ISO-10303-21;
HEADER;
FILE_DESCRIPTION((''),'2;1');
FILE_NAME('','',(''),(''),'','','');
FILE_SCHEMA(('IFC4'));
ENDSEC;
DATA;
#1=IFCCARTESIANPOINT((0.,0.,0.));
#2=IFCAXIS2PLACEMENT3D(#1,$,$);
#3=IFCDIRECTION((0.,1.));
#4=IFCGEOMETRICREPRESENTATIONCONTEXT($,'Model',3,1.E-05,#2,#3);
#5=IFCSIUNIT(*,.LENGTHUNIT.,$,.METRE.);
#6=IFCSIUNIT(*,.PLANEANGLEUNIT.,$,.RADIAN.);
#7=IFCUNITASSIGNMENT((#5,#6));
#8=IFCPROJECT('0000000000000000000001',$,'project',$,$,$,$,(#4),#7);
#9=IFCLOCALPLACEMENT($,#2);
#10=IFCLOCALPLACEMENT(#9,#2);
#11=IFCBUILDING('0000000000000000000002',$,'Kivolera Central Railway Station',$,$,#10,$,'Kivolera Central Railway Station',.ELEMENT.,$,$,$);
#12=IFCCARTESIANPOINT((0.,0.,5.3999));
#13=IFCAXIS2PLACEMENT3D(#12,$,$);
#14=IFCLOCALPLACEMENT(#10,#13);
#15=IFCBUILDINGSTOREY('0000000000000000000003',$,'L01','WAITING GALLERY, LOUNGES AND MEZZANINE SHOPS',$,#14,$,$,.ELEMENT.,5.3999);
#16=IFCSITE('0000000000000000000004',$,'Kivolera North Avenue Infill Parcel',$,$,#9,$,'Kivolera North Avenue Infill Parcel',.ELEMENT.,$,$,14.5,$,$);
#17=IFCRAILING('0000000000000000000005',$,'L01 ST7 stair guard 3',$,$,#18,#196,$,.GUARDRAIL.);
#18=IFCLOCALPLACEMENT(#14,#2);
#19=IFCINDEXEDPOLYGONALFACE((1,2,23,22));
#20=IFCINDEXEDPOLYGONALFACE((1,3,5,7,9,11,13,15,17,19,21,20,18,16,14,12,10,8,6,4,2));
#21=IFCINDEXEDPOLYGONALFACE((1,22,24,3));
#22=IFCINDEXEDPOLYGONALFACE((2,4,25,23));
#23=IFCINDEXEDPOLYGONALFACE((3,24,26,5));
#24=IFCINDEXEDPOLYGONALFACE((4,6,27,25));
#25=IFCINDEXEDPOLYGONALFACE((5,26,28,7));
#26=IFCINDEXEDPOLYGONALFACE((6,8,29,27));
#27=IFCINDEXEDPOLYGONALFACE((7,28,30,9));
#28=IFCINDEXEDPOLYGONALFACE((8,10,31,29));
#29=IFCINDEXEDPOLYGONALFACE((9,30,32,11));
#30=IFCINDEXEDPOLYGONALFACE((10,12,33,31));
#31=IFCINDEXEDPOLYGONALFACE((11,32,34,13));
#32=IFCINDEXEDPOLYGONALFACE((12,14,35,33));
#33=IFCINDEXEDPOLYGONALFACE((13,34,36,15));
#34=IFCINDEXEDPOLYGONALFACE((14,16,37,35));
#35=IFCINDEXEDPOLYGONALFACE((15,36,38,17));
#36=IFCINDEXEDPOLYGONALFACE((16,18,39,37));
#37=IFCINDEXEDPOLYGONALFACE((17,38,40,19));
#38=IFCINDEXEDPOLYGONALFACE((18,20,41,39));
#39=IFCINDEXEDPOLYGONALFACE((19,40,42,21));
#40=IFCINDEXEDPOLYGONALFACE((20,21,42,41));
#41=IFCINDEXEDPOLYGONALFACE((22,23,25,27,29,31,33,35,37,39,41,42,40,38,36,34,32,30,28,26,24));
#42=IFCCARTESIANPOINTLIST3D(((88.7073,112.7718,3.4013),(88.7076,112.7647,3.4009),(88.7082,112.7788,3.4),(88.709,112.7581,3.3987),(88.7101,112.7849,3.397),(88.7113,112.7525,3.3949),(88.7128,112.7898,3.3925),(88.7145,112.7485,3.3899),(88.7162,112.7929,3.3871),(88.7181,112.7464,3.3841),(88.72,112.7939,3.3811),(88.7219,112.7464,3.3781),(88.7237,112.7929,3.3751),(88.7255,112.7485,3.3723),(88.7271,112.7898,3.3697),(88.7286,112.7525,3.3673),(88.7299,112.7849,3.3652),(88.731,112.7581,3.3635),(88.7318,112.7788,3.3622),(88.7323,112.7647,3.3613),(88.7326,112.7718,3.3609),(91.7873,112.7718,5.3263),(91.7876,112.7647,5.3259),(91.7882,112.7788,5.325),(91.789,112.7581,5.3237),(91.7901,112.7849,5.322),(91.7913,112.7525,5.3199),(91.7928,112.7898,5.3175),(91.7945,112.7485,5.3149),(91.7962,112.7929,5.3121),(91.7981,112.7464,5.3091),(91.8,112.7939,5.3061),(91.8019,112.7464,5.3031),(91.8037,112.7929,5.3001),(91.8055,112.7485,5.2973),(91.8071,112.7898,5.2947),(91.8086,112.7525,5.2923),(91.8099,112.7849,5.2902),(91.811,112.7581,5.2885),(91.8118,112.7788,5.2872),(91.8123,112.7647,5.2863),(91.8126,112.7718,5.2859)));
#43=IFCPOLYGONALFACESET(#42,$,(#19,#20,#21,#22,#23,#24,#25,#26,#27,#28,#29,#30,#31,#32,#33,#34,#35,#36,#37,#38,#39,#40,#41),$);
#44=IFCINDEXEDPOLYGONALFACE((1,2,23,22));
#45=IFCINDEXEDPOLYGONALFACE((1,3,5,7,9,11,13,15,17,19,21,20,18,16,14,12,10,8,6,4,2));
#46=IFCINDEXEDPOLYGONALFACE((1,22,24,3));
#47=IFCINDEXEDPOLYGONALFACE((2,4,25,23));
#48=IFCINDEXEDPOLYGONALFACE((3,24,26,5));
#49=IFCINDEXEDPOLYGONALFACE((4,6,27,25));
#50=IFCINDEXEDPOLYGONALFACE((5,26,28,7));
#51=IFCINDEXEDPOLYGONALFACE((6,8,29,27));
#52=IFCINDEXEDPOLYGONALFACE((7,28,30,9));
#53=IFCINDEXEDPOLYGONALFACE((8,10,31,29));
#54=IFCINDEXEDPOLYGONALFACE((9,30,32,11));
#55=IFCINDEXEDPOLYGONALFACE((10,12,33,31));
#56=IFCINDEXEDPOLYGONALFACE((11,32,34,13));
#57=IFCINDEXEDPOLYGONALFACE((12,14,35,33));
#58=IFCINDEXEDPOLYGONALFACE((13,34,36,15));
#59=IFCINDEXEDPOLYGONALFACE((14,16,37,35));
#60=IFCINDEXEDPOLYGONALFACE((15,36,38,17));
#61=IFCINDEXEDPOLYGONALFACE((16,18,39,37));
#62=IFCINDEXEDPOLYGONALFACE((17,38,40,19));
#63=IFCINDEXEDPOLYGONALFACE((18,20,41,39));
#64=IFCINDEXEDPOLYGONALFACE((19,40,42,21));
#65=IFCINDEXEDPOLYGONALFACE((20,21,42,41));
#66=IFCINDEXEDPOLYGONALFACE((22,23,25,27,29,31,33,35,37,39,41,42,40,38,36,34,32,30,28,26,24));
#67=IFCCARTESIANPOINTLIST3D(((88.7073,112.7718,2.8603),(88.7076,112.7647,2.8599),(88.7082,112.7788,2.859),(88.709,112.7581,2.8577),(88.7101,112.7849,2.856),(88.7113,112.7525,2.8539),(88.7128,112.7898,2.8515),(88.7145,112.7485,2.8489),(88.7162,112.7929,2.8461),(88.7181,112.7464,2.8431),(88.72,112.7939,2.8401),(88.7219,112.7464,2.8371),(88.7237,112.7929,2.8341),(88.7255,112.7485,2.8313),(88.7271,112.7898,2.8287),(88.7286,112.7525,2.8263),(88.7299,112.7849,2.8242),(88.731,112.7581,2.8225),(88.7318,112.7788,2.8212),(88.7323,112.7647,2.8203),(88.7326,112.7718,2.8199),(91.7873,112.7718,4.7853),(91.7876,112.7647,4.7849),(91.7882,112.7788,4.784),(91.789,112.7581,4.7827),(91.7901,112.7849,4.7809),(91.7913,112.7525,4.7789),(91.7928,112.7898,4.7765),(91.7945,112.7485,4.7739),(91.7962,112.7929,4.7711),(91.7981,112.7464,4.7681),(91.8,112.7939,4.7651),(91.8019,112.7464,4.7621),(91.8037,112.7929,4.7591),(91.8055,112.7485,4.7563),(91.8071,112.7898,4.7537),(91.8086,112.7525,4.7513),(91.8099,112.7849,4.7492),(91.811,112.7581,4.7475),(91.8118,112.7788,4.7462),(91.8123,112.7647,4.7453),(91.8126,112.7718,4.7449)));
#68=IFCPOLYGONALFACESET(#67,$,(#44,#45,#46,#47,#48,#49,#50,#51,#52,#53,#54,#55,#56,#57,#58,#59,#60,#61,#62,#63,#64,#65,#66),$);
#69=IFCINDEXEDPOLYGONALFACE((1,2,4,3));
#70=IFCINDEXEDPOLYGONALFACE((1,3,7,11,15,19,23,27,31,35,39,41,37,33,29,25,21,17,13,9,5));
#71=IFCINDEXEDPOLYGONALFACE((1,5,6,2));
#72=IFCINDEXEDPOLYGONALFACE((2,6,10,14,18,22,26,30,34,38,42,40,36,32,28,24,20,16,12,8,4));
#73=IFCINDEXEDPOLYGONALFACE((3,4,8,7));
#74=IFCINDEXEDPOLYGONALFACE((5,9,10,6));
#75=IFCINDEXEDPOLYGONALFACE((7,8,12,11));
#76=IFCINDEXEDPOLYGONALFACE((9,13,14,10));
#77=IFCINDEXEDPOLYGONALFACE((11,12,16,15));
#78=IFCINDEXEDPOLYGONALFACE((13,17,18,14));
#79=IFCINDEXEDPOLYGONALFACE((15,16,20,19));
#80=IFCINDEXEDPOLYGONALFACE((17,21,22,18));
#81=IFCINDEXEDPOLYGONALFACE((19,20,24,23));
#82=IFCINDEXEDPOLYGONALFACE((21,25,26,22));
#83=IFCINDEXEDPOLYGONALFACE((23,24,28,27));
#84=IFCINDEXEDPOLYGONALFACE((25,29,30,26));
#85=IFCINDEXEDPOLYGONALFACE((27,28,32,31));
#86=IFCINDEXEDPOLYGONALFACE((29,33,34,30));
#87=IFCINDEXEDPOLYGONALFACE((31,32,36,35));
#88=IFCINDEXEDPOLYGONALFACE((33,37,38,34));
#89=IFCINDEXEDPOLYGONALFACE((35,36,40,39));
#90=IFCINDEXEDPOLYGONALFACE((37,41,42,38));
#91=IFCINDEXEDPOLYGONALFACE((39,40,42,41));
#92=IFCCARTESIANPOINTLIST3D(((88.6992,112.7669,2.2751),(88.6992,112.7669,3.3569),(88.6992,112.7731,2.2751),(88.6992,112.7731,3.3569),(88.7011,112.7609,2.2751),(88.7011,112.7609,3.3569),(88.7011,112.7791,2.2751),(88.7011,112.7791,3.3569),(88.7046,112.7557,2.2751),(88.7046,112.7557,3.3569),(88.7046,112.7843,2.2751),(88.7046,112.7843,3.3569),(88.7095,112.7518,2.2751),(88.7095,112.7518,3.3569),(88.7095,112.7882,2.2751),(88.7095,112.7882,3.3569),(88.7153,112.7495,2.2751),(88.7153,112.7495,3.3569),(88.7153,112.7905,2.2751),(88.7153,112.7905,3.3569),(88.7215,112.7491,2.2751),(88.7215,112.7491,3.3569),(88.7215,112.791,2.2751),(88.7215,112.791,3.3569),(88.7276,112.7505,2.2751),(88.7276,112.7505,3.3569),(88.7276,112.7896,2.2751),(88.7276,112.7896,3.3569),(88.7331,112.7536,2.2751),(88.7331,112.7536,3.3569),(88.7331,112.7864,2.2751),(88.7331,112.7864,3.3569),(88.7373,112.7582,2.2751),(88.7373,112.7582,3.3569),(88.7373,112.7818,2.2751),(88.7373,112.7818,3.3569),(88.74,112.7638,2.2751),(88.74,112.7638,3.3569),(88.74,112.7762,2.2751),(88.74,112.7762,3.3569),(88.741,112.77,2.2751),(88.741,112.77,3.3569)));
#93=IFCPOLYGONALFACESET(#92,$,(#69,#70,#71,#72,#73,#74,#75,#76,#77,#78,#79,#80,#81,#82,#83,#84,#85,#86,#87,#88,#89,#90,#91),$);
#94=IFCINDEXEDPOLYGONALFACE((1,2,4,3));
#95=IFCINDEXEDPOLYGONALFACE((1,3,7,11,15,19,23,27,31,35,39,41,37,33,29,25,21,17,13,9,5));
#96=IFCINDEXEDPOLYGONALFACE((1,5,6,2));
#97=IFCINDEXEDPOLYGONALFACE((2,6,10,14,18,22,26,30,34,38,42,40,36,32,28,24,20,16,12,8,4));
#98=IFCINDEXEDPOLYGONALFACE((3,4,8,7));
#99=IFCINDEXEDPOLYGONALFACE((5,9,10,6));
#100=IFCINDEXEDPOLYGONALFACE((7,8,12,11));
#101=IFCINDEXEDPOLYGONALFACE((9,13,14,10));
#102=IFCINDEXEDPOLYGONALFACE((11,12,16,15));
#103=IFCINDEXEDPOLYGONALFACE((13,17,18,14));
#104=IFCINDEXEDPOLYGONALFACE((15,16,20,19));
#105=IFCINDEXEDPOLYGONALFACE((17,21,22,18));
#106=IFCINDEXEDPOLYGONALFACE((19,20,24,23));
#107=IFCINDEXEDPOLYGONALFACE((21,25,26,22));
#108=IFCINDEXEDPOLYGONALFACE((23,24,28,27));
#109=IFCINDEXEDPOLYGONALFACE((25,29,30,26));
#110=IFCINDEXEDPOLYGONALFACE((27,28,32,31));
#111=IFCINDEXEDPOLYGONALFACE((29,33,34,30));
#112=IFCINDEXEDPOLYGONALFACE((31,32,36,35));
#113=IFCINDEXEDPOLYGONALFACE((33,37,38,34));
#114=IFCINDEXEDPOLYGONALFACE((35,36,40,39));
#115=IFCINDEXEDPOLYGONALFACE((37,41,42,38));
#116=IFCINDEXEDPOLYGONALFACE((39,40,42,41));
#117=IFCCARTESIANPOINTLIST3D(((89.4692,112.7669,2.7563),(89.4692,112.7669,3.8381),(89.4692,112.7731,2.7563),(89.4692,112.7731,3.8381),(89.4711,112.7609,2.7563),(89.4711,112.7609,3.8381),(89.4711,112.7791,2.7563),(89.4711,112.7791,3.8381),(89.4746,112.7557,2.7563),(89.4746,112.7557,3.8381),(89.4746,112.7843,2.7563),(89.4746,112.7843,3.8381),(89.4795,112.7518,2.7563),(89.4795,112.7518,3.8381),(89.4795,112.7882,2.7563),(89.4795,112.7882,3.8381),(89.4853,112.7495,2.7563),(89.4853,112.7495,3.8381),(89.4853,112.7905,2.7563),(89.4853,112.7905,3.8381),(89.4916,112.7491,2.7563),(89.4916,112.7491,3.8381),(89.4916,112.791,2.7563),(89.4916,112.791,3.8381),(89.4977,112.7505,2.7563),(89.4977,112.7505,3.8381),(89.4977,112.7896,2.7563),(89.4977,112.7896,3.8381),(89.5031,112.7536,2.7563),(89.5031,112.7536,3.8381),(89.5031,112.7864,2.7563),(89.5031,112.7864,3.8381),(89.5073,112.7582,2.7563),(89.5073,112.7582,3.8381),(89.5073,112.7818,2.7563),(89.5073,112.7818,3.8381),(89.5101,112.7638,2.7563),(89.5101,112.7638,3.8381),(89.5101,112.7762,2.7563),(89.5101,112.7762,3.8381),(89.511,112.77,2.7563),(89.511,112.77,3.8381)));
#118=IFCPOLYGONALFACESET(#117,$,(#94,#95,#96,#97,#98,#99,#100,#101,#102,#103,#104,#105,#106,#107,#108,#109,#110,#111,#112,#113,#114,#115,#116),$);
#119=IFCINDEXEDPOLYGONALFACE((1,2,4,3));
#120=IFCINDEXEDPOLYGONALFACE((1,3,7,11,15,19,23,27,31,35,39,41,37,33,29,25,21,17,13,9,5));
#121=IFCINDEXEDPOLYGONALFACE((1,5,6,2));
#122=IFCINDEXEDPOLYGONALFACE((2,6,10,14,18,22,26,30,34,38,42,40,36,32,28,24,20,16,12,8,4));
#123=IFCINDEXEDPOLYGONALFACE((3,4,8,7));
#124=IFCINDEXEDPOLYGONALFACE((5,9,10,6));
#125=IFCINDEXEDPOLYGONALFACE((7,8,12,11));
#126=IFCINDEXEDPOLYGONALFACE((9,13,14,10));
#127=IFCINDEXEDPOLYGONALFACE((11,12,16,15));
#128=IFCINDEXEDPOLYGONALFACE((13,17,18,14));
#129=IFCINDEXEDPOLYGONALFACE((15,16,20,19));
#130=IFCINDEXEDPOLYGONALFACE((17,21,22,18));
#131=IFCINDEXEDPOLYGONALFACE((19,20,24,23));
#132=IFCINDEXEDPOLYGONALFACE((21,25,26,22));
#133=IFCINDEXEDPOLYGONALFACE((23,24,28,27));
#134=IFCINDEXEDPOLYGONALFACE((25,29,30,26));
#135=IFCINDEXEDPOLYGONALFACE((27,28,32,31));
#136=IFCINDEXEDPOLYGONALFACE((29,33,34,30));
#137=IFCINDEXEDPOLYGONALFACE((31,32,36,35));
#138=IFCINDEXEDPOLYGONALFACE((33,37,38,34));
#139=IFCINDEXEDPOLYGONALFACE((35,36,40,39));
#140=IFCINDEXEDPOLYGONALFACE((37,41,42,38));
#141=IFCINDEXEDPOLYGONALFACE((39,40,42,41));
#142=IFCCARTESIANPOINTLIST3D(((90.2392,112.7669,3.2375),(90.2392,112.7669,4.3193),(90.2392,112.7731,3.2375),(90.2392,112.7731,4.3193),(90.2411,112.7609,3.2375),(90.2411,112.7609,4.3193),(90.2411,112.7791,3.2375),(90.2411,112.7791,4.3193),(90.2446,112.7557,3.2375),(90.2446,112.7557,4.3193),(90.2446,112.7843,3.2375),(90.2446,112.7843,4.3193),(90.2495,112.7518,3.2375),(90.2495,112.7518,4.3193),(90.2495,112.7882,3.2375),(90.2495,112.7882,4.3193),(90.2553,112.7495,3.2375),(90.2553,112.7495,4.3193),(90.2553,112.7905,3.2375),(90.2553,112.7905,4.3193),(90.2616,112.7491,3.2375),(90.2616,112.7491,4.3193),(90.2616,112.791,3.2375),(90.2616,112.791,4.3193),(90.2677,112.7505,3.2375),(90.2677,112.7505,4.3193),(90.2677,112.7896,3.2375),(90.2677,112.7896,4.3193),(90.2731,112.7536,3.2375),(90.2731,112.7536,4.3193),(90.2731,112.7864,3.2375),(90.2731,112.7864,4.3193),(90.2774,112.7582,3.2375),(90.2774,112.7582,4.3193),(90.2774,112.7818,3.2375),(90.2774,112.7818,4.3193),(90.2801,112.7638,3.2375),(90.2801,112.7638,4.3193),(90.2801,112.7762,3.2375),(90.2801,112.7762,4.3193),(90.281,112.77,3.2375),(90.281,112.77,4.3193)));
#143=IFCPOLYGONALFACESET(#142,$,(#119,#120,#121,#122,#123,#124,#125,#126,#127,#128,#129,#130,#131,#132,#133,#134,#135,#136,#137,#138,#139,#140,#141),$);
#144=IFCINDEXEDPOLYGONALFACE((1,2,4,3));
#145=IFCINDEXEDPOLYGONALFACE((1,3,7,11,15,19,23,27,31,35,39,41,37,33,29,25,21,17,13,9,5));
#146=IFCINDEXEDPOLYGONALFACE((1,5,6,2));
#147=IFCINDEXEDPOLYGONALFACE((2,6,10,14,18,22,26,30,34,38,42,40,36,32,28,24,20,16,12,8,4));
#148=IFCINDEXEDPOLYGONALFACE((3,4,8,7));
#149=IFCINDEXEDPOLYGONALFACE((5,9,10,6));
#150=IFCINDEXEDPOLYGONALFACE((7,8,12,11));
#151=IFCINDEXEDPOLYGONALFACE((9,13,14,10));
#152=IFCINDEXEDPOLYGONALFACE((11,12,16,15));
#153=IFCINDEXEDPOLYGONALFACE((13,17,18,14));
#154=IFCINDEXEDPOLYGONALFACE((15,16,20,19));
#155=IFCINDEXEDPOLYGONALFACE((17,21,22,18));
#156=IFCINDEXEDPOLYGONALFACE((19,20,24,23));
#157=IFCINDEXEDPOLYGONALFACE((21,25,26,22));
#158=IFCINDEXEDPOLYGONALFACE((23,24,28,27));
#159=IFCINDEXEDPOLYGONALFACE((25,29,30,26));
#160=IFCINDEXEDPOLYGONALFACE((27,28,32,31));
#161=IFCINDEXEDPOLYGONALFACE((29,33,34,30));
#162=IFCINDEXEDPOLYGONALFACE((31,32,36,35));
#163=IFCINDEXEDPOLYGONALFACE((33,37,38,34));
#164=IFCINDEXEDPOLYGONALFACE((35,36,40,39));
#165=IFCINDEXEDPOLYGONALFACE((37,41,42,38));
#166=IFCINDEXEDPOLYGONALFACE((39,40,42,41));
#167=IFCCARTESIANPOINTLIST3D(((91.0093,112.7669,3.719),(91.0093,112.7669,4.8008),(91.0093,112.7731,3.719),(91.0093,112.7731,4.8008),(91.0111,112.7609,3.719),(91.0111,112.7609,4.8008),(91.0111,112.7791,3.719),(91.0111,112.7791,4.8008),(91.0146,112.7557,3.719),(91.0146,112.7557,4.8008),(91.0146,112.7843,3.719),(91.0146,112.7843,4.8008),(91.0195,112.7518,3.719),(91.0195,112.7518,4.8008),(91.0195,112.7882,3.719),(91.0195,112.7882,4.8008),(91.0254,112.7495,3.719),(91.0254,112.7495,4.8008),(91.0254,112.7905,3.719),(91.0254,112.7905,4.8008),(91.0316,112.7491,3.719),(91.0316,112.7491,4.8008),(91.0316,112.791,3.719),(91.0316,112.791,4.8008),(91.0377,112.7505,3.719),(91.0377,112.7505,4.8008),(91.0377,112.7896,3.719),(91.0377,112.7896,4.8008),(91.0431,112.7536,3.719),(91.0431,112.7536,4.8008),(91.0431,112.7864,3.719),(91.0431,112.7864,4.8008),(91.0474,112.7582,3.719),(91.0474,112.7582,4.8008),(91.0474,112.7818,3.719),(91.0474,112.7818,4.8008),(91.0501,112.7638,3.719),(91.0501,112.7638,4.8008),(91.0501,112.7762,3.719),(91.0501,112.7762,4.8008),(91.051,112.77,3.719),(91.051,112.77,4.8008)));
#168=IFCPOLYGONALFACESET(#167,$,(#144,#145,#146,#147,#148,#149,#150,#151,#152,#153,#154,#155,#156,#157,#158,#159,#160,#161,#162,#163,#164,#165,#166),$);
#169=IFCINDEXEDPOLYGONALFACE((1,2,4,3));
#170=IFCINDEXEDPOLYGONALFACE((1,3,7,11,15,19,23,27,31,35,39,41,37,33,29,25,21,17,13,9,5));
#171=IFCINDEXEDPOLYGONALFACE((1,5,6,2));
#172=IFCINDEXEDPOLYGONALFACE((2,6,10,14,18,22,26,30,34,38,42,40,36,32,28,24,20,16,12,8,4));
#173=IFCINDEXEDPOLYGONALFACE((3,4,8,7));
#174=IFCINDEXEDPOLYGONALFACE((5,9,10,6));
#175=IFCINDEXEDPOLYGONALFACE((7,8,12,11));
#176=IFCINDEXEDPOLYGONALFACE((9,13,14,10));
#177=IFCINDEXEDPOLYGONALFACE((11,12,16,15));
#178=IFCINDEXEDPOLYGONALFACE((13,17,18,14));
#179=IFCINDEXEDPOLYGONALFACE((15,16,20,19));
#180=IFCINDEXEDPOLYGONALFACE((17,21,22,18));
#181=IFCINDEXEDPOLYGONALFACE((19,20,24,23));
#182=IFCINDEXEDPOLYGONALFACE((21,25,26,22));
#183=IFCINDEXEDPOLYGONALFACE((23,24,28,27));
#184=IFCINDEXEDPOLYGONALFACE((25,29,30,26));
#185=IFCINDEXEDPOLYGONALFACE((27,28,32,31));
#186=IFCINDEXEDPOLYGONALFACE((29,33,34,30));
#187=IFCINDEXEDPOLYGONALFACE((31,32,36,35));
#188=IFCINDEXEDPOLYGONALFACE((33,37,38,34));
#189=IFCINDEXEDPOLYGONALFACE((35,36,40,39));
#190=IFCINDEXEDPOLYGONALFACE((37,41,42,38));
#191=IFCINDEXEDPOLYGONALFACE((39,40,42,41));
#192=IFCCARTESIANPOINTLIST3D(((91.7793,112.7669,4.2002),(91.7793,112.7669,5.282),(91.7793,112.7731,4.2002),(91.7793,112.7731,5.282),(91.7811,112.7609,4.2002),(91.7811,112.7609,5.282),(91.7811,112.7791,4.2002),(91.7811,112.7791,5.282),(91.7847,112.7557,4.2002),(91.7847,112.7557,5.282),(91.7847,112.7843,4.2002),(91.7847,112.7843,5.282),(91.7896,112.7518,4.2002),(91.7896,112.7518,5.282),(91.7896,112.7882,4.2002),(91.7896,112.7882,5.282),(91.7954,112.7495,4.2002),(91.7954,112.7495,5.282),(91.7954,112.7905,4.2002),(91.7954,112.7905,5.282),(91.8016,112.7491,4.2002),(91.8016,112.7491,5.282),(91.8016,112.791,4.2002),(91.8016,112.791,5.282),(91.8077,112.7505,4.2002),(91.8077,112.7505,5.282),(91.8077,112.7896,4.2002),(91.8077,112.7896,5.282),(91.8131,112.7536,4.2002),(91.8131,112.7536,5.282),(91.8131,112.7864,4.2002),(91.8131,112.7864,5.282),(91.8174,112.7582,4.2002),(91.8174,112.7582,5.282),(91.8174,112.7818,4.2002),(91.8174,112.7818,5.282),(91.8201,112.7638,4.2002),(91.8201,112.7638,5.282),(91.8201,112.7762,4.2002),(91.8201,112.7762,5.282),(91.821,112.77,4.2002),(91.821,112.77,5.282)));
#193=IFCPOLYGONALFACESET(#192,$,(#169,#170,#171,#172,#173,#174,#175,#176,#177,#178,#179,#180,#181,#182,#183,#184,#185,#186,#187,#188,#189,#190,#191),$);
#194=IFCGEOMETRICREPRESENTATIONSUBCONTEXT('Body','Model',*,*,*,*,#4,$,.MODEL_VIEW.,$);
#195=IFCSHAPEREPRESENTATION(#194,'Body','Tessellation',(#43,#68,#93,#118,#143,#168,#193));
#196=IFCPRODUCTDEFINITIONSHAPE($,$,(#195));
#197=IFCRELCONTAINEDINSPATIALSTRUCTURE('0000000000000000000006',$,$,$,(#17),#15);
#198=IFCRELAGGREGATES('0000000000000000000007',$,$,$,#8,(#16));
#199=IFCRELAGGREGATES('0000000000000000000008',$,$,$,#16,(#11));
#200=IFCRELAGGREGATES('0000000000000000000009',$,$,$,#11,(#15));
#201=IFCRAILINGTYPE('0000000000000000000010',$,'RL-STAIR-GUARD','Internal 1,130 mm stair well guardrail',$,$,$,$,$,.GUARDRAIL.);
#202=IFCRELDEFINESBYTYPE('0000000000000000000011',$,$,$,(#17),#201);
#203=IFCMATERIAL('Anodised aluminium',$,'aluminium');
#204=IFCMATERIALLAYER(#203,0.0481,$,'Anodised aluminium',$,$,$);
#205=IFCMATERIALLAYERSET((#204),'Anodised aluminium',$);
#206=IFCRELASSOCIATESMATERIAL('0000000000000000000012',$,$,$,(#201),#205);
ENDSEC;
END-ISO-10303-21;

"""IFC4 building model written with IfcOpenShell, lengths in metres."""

from ifc_helpers import new_model, si_unit, direction, frame, origin, origin_2d, place, context, subcontext, project, spatial, circle, extrude, material, layer, layer_set, type_object, element, save


model = new_model("IFC4")

# Units and contexts
model_context = context("Model", 3, precision=1e-05, world=origin(), true_north=direction((0.0, 1.0)))
body_context = subcontext(model_context, "Body", "Model", "MODEL_VIEW")
ifc_project = project(units=[si_unit("LENGTHUNIT", "METRE"), si_unit("PLANEANGLEUNIT", "RADIAN")], contexts=[model_context])

# Site, building, storey
site_placement = place(None, origin())
site = spatial("IfcSite", under=ifc_project, at=site_placement, Name="Kivolera North Avenue Infill Parcel", LongName="Kivolera North Avenue Infill Parcel", CompositionType="ELEMENT", RefElevation=14.5)
building_placement = place(site_placement, origin())
building = spatial("IfcBuilding", under=site, at=building_placement, Name="Kivolera Central Railway Station", LongName="Kivolera Central Railway Station", CompositionType="ELEMENT")
storey_placement = place(building_placement, frame((0.0, 0.0, 5.3999)))
storey = spatial("IfcBuildingStorey", under=building, at=storey_placement, Name="L01", Description="WAITING GALLERY, LOUNGES AND MEZZANINE SHOPS", CompositionType="ELEMENT", Elevation=5.3999)

# Shared definitions
ifc_material_1 = material(Name="Anodised aluminium", Category="aluminium")

# Railing
ifc_layer_1 = layer(ifc_material_1, 0.0481, Name="Anodised aluminium")
ifc_layer_set_1 = layer_set([ifc_layer_1], Name="Anodised aluminium")
railing_type_1 = type_object("IfcRailingType", Name="RL-STAIR-GUARD", Description="Internal 1,130 mm stair well guardrail", PredefinedType="GUARDRAIL", material=ifc_layer_set_1)
railing_1_placement = place(storey_placement, frame((88.72, 112.77, 2.2751)))
element("IfcRailing", 1, at=railing_1_placement, inside=storey, type_object=railing_type_1, Name="L01 ST7 stair guard 3", PredefinedType="GUARDRAIL", context=body_context, shape_type="SweptSolid", body=[
    extrude(circle(Radius=0.0239, at=origin_2d()), frame((0.0, 0.0, 1.106), z_axis=(0.847998, 0.0, 0.529999), x_axis=(0.0, 1.0, 0.0)), (0.0, 0.0, 1.0), 3.6321),
    extrude(circle(Radius=0.0239, at=origin_2d()), frame((0.0, 0.0, 0.5649), z_axis=(0.847998, 0.0, 0.529999), x_axis=(0.0, 1.0, 0.0)), (0.0, 0.0, 1.0), 3.6321),
    extrude(circle(Radius=0.021, at=origin_2d()), origin(), (0.0, 0.0, 1.0), 1.0818),
    extrude(circle(Radius=0.021, at=origin_2d()), frame((0.77, 0.0, 0.4812)), (0.0, 0.0, 1.0), 1.0818),
    extrude(circle(Radius=0.021, at=origin_2d()), frame((1.54, 0.0, 0.9624)), (0.0, 0.0, 1.0), 1.0818),
    extrude(circle(Radius=0.021, at=origin_2d()), frame((2.3101, 0.0, 1.4438)), (0.0, 0.0, 1.0), 1.0818),
    extrude(circle(Radius=0.021, at=origin_2d()), frame((3.0801, 0.0, 1.925)), (0.0, 0.0, 1.0), 1.0818),
])

save(model, "model.ifc")
